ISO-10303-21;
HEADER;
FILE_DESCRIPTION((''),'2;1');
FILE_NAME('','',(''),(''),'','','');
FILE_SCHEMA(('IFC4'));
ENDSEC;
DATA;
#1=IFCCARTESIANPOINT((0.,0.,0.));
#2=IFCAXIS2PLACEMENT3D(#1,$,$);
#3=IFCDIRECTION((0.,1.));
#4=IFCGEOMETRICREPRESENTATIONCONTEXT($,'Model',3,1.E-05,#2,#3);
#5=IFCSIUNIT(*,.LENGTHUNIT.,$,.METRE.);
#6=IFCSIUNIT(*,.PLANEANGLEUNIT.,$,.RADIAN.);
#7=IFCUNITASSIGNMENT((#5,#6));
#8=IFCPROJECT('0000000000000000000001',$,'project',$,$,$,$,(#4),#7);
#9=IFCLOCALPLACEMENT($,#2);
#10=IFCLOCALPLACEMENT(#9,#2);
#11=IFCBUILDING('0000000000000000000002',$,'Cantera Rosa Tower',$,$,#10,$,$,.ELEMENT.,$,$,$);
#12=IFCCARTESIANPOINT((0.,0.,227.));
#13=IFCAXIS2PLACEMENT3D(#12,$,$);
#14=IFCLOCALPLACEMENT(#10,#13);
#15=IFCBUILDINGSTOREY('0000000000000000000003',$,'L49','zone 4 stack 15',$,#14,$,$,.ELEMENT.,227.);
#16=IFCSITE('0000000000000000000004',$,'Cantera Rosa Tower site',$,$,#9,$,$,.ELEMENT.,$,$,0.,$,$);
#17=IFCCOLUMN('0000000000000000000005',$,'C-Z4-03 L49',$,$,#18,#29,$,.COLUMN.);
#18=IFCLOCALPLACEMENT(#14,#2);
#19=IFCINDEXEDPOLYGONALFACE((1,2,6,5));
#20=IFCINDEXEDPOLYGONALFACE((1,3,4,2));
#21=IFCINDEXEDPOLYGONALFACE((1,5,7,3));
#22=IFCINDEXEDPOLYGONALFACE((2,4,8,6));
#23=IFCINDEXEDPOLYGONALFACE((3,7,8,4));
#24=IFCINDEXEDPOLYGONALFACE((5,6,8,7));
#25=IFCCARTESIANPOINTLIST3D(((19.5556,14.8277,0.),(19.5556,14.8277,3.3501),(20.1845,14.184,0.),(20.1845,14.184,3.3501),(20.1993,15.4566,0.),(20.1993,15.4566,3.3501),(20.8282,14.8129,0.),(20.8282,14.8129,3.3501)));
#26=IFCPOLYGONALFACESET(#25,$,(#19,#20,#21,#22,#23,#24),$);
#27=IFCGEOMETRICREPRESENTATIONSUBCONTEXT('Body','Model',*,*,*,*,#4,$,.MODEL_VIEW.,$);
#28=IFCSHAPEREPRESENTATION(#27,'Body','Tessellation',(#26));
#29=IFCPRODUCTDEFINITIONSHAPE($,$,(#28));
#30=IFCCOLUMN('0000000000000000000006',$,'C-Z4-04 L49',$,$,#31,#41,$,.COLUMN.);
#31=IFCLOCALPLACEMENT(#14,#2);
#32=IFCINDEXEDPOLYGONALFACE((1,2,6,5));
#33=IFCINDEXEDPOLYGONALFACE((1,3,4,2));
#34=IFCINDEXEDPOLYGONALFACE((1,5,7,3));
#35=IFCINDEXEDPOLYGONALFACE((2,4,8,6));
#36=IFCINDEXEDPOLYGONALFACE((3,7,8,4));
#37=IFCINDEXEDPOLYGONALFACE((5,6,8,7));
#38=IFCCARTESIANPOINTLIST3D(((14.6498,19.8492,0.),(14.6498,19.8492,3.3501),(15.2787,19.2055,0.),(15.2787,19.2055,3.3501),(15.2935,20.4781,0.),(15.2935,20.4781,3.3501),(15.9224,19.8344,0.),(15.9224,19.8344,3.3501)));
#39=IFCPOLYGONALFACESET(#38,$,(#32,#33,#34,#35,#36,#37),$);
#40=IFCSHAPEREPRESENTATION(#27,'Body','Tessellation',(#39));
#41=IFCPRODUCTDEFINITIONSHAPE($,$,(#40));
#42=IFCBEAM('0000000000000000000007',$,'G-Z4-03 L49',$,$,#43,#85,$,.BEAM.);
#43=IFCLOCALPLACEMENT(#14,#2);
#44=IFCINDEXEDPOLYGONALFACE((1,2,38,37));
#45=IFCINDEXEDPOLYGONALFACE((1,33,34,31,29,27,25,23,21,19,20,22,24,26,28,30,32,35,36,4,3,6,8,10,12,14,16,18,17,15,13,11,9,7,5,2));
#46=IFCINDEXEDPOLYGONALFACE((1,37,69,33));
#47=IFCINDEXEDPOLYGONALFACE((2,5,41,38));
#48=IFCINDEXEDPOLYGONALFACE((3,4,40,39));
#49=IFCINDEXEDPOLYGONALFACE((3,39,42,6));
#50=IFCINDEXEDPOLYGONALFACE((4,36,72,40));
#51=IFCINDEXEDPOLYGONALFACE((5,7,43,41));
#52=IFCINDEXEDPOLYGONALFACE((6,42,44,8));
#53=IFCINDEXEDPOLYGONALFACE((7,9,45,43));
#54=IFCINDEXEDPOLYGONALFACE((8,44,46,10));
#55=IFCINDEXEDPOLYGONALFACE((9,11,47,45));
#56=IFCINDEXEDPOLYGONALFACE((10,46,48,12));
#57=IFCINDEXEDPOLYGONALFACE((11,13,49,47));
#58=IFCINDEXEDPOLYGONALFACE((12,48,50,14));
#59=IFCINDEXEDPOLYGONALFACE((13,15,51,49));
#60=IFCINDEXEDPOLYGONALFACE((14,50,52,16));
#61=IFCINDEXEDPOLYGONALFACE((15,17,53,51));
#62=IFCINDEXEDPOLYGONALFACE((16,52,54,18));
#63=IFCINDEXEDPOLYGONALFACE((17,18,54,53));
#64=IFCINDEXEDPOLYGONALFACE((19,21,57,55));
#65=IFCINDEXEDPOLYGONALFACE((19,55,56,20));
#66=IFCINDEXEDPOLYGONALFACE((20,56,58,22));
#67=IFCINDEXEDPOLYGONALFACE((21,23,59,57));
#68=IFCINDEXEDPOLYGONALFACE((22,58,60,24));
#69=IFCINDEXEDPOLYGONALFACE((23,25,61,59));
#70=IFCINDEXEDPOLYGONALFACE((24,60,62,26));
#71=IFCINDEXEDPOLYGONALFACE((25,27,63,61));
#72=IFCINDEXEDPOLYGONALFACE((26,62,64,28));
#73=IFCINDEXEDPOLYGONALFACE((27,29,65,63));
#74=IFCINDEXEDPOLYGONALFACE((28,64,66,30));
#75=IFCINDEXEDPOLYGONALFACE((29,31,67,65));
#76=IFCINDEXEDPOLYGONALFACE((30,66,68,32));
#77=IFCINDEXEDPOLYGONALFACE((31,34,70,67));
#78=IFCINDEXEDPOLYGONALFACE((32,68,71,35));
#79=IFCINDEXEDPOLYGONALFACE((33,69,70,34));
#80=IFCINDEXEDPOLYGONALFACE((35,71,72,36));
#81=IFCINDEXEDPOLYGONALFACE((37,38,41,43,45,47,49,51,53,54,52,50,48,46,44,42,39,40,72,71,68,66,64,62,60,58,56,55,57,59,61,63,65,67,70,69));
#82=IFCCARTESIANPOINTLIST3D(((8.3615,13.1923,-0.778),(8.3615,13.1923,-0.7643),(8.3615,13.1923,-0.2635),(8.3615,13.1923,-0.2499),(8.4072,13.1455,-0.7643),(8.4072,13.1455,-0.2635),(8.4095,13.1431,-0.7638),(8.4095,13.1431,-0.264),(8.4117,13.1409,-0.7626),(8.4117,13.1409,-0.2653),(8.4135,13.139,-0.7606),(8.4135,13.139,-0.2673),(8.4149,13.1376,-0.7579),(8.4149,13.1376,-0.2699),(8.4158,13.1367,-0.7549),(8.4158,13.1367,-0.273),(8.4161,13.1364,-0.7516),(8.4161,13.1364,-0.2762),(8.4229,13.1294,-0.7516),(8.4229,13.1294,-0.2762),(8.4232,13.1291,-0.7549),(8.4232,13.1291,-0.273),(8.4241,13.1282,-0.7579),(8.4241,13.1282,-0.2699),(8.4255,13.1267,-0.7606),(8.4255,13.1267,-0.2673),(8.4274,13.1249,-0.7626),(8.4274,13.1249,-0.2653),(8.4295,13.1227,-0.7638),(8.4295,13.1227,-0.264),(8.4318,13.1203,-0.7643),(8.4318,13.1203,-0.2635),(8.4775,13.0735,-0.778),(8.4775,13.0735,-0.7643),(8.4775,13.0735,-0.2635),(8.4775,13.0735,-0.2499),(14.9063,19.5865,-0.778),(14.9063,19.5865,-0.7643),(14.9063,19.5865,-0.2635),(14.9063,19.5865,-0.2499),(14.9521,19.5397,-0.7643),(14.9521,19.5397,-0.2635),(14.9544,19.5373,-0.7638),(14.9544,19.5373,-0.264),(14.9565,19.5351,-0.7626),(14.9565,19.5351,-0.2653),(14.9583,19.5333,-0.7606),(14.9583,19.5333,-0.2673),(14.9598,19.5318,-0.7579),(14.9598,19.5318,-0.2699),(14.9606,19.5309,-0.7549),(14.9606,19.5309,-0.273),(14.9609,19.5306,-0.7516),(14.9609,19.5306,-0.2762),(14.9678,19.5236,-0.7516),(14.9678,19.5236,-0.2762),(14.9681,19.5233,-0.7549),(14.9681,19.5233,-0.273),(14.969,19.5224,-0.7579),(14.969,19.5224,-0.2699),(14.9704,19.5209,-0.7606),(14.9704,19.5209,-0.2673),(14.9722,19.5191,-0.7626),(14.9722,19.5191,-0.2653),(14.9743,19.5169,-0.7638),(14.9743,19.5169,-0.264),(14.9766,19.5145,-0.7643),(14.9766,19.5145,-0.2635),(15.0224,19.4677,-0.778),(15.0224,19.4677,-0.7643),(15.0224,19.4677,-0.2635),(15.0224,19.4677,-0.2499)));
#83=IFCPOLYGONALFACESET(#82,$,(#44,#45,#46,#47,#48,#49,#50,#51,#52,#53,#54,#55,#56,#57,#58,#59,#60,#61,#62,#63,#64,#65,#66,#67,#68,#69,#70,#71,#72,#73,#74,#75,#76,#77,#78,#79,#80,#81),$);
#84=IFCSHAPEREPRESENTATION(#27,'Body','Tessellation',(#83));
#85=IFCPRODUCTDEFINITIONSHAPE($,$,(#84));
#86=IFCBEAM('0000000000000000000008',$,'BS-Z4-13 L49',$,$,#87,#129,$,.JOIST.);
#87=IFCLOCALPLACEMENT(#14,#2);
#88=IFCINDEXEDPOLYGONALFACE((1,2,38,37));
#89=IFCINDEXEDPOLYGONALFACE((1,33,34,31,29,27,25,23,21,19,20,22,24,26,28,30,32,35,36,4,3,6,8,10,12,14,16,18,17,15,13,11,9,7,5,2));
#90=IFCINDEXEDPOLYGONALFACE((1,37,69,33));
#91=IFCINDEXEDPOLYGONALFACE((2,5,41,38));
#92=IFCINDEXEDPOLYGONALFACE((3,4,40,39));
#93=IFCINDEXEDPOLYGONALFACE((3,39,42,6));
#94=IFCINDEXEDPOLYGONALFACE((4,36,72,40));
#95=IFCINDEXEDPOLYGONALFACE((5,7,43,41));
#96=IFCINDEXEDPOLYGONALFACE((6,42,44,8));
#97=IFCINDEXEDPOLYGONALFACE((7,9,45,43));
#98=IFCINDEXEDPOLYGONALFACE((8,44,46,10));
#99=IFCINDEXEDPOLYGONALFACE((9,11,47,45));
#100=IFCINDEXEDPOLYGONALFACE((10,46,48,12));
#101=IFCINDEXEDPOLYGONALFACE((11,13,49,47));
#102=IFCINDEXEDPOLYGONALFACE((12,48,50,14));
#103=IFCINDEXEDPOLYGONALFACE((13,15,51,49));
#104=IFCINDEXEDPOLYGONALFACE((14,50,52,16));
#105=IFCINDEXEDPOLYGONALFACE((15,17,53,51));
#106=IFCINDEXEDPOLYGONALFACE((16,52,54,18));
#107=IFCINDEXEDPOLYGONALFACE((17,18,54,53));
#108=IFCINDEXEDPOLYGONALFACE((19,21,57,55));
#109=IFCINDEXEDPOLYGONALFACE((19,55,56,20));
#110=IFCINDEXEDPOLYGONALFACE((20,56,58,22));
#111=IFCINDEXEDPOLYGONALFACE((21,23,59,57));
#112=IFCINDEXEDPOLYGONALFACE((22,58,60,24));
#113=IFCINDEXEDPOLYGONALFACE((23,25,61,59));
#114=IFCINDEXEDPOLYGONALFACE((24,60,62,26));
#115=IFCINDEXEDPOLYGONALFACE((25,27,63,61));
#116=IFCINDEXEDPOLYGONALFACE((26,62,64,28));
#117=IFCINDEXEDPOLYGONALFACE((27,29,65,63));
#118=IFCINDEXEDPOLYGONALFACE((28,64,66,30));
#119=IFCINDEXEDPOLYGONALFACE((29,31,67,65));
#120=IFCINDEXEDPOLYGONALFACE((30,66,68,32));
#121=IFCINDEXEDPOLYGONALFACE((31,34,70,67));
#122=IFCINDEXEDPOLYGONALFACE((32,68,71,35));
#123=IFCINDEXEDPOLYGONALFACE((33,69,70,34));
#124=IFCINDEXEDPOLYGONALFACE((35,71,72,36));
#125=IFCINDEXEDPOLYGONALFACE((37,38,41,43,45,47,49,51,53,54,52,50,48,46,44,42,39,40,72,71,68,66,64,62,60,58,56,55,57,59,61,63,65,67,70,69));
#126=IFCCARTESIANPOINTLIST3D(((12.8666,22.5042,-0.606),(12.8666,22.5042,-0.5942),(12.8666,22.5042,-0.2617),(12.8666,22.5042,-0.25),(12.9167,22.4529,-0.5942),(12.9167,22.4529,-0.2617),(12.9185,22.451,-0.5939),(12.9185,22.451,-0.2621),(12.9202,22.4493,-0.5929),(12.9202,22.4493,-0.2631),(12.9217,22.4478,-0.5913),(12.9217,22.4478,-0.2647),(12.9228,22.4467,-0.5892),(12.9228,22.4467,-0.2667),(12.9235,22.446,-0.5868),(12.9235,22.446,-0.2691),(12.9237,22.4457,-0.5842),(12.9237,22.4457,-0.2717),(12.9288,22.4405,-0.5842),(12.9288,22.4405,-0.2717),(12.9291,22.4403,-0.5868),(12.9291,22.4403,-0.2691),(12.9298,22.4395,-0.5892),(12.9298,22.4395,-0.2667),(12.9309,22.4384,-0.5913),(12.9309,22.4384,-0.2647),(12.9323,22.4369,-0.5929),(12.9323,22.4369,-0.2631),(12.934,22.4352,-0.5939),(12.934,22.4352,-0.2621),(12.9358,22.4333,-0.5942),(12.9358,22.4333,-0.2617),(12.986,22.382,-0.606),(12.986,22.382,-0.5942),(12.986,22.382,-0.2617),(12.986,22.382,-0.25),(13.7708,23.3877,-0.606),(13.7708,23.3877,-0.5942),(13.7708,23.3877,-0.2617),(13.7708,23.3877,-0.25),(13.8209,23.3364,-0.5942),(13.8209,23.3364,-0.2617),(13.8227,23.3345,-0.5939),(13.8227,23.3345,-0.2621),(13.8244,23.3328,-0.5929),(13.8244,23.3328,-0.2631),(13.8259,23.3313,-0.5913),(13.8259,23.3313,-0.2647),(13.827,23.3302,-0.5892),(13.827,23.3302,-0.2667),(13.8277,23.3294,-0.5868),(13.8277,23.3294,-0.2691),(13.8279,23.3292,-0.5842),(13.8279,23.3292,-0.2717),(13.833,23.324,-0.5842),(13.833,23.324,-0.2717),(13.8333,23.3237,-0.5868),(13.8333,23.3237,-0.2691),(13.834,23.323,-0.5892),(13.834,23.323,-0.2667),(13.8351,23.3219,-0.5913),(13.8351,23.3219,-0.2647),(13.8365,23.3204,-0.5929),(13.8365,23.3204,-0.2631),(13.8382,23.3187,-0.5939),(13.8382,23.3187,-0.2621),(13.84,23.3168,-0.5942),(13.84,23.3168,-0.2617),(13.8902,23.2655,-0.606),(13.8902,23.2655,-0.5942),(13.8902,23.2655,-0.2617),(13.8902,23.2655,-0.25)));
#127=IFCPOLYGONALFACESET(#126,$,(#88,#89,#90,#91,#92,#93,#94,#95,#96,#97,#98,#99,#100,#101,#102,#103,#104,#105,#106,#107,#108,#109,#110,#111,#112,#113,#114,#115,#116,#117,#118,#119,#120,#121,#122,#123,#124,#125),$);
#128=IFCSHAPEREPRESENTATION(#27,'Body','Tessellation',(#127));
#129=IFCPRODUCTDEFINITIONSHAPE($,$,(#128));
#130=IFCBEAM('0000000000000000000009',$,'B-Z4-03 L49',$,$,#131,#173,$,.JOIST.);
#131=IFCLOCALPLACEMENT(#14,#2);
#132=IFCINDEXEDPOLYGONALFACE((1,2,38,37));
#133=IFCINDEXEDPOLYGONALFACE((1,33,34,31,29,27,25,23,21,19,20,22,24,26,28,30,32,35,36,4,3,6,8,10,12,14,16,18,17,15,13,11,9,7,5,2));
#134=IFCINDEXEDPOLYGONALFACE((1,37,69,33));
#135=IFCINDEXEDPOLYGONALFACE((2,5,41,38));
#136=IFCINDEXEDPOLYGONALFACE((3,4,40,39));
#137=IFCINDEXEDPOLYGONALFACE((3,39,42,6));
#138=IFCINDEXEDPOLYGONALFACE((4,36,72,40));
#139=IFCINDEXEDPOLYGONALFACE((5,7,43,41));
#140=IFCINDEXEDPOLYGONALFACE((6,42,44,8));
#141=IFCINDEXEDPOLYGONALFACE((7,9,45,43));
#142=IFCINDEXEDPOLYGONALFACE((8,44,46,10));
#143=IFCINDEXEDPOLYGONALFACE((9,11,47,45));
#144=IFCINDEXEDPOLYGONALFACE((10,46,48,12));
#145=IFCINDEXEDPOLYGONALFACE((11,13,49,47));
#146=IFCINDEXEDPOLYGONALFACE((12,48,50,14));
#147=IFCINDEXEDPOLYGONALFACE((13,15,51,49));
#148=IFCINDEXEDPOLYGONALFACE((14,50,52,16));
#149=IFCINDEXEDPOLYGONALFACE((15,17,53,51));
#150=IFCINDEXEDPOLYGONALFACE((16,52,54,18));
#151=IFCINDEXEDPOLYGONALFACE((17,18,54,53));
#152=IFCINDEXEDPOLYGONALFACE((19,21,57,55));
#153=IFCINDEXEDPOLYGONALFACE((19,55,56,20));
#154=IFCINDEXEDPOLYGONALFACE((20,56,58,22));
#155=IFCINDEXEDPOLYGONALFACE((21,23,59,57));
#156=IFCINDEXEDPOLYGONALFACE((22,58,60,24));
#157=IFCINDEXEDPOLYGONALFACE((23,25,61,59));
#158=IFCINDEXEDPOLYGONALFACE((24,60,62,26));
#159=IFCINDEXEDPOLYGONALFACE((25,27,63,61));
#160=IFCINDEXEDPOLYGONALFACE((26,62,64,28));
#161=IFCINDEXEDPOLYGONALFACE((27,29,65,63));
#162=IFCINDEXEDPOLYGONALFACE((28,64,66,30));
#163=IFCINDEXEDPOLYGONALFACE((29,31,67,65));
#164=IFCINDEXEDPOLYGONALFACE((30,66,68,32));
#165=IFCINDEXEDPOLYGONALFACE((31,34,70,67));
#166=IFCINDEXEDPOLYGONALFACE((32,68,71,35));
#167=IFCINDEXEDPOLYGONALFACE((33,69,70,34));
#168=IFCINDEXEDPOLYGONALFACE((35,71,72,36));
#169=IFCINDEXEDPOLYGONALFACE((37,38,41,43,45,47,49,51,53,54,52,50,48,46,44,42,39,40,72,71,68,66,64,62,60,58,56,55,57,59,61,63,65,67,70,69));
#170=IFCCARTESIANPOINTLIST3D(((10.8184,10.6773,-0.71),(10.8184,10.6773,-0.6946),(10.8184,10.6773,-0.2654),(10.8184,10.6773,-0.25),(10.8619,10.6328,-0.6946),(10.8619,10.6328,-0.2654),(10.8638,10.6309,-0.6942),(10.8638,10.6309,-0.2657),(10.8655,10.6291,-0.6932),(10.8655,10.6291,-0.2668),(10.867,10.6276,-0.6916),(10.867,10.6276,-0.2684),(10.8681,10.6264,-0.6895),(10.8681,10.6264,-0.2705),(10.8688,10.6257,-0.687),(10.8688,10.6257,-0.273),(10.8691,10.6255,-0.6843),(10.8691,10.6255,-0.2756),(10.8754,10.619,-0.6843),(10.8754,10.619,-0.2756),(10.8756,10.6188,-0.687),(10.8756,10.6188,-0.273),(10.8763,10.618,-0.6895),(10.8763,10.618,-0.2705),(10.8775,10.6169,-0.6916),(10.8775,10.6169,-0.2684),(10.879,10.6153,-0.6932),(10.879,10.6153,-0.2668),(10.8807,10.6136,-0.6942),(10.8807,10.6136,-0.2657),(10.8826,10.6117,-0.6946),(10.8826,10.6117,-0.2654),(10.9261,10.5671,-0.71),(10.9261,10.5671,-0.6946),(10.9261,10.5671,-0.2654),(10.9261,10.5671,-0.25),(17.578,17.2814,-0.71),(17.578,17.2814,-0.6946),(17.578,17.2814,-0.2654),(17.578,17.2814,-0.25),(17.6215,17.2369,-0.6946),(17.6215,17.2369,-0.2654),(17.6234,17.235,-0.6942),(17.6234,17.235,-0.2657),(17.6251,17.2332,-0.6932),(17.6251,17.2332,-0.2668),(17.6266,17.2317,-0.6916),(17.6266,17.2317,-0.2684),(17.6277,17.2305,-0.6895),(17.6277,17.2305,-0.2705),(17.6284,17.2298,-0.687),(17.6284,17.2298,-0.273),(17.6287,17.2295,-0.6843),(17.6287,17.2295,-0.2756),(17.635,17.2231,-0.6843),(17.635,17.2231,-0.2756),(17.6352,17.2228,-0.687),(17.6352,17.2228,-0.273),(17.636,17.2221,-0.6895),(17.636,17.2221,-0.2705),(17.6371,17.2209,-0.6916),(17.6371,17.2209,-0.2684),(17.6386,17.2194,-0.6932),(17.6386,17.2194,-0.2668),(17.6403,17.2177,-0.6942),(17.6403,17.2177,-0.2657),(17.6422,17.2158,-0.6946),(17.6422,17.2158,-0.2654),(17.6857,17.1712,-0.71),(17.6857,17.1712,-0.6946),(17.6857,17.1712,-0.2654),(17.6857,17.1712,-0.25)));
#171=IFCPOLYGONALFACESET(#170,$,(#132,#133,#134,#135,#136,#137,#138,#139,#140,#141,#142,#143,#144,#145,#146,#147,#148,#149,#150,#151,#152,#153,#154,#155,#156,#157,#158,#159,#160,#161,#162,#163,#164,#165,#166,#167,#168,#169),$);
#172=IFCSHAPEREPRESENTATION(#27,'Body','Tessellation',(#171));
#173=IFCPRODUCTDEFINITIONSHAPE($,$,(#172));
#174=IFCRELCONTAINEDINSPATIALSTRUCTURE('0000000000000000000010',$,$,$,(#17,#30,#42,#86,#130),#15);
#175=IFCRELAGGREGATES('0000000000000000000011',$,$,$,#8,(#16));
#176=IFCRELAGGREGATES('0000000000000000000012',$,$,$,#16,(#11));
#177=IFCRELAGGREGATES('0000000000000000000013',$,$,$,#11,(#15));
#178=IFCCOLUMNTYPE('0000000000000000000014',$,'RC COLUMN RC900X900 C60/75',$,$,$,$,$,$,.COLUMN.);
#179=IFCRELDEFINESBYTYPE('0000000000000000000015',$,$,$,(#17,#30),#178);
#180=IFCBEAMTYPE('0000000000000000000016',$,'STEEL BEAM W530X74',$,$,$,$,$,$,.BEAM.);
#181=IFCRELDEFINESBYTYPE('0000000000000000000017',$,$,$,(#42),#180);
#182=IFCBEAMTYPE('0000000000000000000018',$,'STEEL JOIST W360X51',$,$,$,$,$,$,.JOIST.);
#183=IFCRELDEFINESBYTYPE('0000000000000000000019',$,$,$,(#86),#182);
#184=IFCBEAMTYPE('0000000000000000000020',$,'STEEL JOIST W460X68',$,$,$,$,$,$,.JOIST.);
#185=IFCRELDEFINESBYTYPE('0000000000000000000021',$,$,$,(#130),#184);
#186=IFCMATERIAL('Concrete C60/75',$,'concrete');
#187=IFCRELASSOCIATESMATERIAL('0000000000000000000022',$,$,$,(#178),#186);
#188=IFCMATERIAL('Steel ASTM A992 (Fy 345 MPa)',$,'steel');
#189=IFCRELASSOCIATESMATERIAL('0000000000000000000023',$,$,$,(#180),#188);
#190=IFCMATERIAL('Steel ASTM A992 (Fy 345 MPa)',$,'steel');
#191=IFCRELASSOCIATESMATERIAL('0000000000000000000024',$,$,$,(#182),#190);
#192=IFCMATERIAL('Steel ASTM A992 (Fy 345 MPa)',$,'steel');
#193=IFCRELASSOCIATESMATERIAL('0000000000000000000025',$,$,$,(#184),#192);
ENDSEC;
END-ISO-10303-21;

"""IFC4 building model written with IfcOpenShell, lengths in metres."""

from ifc_helpers import new_model, si_unit, direction, frame, origin, origin_2d, place, context, subcontext, project, spatial, rectangle, i_section, extrude, material, material_profile, profile_set, type_object, element, save


model = new_model("IFC4")

# Units and contexts
model_context = context("Model", 3, precision=1e-05, world=origin(), true_north=direction((0.0, 1.0)))
body_context = subcontext(model_context, "Body", "Model", "MODEL_VIEW")
ifc_project = project(units=[si_unit("LENGTHUNIT", "METRE"), si_unit("PLANEANGLEUNIT", "RADIAN")], contexts=[model_context])

# Site, building, storey
site_placement = place(None, origin())
site = spatial("IfcSite", under=ifc_project, at=site_placement, Name="Cantera Rosa Tower site", CompositionType="ELEMENT", RefElevation=0.0)
building_placement = place(site_placement, origin())
building = spatial("IfcBuilding", under=site, at=building_placement, Name="Cantera Rosa Tower", CompositionType="ELEMENT")
storey_placement = place(building_placement, frame((0.0, 0.0, 227.0)))
storey = spatial("IfcBuildingStorey", under=building, at=storey_placement, Name="L49", Description="zone 4 stack 15", CompositionType="ELEMENT", Elevation=227.0)

# Columns
ifc_material_1 = material(Name="Concrete C60/75", Category="concrete")
ifc_material_profile_1 = material_profile(ifc_material_1, rectangle(XDim=0.8999, YDim=0.8999, at=origin_2d()), Name="RC COLUMN RC900X900 C60/75")
ifc_profile_set_1 = profile_set([ifc_material_profile_1], Name="Concrete C60/75")
column_type = type_object("IfcColumnType", Name="RC COLUMN RC900X900 C60/75", PredefinedType="COLUMN", material=ifc_profile_set_1)
for number, where, z_axis, x_axis, name in (
    (1, (20.1919, 14.8203, 0.0), (0.0, 0.0, 1.0), (0.715286, 0.698832, 0.0), "C-Z4-03 L49"),
    (2, (15.2861, 19.8418, 0.0), (0.0, 0.0, 1.0), (0.715286, 0.698832, 0.0), "C-Z4-04 L49"),
):
    element("IfcColumn", number, at=place(storey_placement, frame(where, z_axis=z_axis, x_axis=x_axis)), inside=storey, type_object=column_type, Name=name, PredefinedType="COLUMN", context=body_context, shape_type="SweptSolid", body=[
        extrude(rectangle(XDim=0.8999, YDim=0.8999, at=origin_2d()), origin(), (0.0, 0.0, 1.0), 3.3501),
    ])

# Beams
ifc_material_2 = material(Name="Steel ASTM A992 (Fy 345 MPa)", Category="steel")
ifc_material_profile_2 = material_profile(ifc_material_2, i_section(OverallWidth=0.166, OverallDepth=0.5281, WebThickness=0.0098, FlangeThickness=0.0137, FilletRadius=0.0127, at=origin_2d()), Name="W530X74")
ifc_profile_set_2 = profile_set([ifc_material_profile_2], Name="Steel ASTM A992 (Fy 345 MPa)")
beam_type_1 = type_object("IfcBeamType", Name="STEEL BEAM W530X74", PredefinedType="BEAM", material=ifc_profile_set_2)
beam_1_placement = place(storey_placement, frame((14.9644, 19.5271, -0.5139), z_axis=(-0.71529, -0.698827, 0.0), x_axis=(0.698827, -0.71529, 0.0)))
element("IfcBeam", 3, at=beam_1_placement, inside=storey, type_object=beam_type_1, Name="G-Z4-03 L49", PredefinedType="BEAM", context=body_context, shape_type="SweptSolid", body=[
    extrude(i_section(OverallWidth=0.166, OverallDepth=0.5281, WebThickness=0.0098, FlangeThickness=0.0137, FilletRadius=0.0127, at=origin_2d()), origin(), (0.0, 0.0, 1.0), 9.1499),
])
ifc_material_3 = material(Name="Steel ASTM A992 (Fy 345 MPa)", Category="steel")
ifc_material_profile_3 = material_profile(ifc_material_3, i_section(OverallWidth=0.1709, OverallDepth=0.356, WebThickness=0.0073, FlangeThickness=0.0117, FilletRadius=0.01, at=origin_2d()), Name="W360X51")
ifc_profile_set_3 = profile_set([ifc_material_profile_3], Name="Steel ASTM A992 (Fy 345 MPa)")
beam_type_2 = type_object("IfcBeamType", Name="STEEL JOIST W360X51", PredefinedType="JOIST", material=ifc_profile_set_3)
beam_2_placement = place(storey_placement, frame((12.9263, 22.4431, -0.428), z_axis=(0.715266, 0.698852, 0.0), x_axis=(-0.698852, 0.715266, 0.0)))
element("IfcBeam", 4, at=beam_2_placement, inside=storey, type_object=beam_type_2, Name="BS-Z4-13 L49", PredefinedType="JOIST", context=body_context, shape_type="SweptSolid", body=[
    extrude(i_section(OverallWidth=0.1709, OverallDepth=0.356, WebThickness=0.0073, FlangeThickness=0.0117, FilletRadius=0.01, at=origin_2d()), origin(), (0.0, 0.0, 1.0), 1.2642),
])
ifc_material_4 = material(Name="Steel ASTM A992 (Fy 345 MPa)", Category="steel")
ifc_material_profile_4 = material_profile(ifc_material_4, i_section(OverallWidth=0.1541, OverallDepth=0.46, WebThickness=0.009, FlangeThickness=0.0154, FilletRadius=0.0103, at=origin_2d()), Name="W460X68")
ifc_profile_set_4 = profile_set([ifc_material_profile_4], Name="Steel ASTM A992 (Fy 345 MPa)")
beam_type_3 = type_object("IfcBeamType", Name="STEEL JOIST W460X68", PredefinedType="JOIST", material=ifc_profile_set_4)
beam_3_placement = place(storey_placement, frame((17.6318, 17.2263, -0.48), z_axis=(-0.715287, -0.698831, 0.0), x_axis=(0.698831, -0.715287, 0.0)))
element("IfcBeam", 5, at=beam_3_placement, inside=storey, type_object=beam_type_3, Name="B-Z4-03 L49", PredefinedType="JOIST", context=body_context, shape_type="SweptSolid", body=[
    extrude(i_section(OverallWidth=0.1541, OverallDepth=0.46, WebThickness=0.009, FlangeThickness=0.0154, FilletRadius=0.0103, at=origin_2d()), origin(), (0.0, 0.0, 1.0), 9.4502),
])

save(model, "model.ifc")
